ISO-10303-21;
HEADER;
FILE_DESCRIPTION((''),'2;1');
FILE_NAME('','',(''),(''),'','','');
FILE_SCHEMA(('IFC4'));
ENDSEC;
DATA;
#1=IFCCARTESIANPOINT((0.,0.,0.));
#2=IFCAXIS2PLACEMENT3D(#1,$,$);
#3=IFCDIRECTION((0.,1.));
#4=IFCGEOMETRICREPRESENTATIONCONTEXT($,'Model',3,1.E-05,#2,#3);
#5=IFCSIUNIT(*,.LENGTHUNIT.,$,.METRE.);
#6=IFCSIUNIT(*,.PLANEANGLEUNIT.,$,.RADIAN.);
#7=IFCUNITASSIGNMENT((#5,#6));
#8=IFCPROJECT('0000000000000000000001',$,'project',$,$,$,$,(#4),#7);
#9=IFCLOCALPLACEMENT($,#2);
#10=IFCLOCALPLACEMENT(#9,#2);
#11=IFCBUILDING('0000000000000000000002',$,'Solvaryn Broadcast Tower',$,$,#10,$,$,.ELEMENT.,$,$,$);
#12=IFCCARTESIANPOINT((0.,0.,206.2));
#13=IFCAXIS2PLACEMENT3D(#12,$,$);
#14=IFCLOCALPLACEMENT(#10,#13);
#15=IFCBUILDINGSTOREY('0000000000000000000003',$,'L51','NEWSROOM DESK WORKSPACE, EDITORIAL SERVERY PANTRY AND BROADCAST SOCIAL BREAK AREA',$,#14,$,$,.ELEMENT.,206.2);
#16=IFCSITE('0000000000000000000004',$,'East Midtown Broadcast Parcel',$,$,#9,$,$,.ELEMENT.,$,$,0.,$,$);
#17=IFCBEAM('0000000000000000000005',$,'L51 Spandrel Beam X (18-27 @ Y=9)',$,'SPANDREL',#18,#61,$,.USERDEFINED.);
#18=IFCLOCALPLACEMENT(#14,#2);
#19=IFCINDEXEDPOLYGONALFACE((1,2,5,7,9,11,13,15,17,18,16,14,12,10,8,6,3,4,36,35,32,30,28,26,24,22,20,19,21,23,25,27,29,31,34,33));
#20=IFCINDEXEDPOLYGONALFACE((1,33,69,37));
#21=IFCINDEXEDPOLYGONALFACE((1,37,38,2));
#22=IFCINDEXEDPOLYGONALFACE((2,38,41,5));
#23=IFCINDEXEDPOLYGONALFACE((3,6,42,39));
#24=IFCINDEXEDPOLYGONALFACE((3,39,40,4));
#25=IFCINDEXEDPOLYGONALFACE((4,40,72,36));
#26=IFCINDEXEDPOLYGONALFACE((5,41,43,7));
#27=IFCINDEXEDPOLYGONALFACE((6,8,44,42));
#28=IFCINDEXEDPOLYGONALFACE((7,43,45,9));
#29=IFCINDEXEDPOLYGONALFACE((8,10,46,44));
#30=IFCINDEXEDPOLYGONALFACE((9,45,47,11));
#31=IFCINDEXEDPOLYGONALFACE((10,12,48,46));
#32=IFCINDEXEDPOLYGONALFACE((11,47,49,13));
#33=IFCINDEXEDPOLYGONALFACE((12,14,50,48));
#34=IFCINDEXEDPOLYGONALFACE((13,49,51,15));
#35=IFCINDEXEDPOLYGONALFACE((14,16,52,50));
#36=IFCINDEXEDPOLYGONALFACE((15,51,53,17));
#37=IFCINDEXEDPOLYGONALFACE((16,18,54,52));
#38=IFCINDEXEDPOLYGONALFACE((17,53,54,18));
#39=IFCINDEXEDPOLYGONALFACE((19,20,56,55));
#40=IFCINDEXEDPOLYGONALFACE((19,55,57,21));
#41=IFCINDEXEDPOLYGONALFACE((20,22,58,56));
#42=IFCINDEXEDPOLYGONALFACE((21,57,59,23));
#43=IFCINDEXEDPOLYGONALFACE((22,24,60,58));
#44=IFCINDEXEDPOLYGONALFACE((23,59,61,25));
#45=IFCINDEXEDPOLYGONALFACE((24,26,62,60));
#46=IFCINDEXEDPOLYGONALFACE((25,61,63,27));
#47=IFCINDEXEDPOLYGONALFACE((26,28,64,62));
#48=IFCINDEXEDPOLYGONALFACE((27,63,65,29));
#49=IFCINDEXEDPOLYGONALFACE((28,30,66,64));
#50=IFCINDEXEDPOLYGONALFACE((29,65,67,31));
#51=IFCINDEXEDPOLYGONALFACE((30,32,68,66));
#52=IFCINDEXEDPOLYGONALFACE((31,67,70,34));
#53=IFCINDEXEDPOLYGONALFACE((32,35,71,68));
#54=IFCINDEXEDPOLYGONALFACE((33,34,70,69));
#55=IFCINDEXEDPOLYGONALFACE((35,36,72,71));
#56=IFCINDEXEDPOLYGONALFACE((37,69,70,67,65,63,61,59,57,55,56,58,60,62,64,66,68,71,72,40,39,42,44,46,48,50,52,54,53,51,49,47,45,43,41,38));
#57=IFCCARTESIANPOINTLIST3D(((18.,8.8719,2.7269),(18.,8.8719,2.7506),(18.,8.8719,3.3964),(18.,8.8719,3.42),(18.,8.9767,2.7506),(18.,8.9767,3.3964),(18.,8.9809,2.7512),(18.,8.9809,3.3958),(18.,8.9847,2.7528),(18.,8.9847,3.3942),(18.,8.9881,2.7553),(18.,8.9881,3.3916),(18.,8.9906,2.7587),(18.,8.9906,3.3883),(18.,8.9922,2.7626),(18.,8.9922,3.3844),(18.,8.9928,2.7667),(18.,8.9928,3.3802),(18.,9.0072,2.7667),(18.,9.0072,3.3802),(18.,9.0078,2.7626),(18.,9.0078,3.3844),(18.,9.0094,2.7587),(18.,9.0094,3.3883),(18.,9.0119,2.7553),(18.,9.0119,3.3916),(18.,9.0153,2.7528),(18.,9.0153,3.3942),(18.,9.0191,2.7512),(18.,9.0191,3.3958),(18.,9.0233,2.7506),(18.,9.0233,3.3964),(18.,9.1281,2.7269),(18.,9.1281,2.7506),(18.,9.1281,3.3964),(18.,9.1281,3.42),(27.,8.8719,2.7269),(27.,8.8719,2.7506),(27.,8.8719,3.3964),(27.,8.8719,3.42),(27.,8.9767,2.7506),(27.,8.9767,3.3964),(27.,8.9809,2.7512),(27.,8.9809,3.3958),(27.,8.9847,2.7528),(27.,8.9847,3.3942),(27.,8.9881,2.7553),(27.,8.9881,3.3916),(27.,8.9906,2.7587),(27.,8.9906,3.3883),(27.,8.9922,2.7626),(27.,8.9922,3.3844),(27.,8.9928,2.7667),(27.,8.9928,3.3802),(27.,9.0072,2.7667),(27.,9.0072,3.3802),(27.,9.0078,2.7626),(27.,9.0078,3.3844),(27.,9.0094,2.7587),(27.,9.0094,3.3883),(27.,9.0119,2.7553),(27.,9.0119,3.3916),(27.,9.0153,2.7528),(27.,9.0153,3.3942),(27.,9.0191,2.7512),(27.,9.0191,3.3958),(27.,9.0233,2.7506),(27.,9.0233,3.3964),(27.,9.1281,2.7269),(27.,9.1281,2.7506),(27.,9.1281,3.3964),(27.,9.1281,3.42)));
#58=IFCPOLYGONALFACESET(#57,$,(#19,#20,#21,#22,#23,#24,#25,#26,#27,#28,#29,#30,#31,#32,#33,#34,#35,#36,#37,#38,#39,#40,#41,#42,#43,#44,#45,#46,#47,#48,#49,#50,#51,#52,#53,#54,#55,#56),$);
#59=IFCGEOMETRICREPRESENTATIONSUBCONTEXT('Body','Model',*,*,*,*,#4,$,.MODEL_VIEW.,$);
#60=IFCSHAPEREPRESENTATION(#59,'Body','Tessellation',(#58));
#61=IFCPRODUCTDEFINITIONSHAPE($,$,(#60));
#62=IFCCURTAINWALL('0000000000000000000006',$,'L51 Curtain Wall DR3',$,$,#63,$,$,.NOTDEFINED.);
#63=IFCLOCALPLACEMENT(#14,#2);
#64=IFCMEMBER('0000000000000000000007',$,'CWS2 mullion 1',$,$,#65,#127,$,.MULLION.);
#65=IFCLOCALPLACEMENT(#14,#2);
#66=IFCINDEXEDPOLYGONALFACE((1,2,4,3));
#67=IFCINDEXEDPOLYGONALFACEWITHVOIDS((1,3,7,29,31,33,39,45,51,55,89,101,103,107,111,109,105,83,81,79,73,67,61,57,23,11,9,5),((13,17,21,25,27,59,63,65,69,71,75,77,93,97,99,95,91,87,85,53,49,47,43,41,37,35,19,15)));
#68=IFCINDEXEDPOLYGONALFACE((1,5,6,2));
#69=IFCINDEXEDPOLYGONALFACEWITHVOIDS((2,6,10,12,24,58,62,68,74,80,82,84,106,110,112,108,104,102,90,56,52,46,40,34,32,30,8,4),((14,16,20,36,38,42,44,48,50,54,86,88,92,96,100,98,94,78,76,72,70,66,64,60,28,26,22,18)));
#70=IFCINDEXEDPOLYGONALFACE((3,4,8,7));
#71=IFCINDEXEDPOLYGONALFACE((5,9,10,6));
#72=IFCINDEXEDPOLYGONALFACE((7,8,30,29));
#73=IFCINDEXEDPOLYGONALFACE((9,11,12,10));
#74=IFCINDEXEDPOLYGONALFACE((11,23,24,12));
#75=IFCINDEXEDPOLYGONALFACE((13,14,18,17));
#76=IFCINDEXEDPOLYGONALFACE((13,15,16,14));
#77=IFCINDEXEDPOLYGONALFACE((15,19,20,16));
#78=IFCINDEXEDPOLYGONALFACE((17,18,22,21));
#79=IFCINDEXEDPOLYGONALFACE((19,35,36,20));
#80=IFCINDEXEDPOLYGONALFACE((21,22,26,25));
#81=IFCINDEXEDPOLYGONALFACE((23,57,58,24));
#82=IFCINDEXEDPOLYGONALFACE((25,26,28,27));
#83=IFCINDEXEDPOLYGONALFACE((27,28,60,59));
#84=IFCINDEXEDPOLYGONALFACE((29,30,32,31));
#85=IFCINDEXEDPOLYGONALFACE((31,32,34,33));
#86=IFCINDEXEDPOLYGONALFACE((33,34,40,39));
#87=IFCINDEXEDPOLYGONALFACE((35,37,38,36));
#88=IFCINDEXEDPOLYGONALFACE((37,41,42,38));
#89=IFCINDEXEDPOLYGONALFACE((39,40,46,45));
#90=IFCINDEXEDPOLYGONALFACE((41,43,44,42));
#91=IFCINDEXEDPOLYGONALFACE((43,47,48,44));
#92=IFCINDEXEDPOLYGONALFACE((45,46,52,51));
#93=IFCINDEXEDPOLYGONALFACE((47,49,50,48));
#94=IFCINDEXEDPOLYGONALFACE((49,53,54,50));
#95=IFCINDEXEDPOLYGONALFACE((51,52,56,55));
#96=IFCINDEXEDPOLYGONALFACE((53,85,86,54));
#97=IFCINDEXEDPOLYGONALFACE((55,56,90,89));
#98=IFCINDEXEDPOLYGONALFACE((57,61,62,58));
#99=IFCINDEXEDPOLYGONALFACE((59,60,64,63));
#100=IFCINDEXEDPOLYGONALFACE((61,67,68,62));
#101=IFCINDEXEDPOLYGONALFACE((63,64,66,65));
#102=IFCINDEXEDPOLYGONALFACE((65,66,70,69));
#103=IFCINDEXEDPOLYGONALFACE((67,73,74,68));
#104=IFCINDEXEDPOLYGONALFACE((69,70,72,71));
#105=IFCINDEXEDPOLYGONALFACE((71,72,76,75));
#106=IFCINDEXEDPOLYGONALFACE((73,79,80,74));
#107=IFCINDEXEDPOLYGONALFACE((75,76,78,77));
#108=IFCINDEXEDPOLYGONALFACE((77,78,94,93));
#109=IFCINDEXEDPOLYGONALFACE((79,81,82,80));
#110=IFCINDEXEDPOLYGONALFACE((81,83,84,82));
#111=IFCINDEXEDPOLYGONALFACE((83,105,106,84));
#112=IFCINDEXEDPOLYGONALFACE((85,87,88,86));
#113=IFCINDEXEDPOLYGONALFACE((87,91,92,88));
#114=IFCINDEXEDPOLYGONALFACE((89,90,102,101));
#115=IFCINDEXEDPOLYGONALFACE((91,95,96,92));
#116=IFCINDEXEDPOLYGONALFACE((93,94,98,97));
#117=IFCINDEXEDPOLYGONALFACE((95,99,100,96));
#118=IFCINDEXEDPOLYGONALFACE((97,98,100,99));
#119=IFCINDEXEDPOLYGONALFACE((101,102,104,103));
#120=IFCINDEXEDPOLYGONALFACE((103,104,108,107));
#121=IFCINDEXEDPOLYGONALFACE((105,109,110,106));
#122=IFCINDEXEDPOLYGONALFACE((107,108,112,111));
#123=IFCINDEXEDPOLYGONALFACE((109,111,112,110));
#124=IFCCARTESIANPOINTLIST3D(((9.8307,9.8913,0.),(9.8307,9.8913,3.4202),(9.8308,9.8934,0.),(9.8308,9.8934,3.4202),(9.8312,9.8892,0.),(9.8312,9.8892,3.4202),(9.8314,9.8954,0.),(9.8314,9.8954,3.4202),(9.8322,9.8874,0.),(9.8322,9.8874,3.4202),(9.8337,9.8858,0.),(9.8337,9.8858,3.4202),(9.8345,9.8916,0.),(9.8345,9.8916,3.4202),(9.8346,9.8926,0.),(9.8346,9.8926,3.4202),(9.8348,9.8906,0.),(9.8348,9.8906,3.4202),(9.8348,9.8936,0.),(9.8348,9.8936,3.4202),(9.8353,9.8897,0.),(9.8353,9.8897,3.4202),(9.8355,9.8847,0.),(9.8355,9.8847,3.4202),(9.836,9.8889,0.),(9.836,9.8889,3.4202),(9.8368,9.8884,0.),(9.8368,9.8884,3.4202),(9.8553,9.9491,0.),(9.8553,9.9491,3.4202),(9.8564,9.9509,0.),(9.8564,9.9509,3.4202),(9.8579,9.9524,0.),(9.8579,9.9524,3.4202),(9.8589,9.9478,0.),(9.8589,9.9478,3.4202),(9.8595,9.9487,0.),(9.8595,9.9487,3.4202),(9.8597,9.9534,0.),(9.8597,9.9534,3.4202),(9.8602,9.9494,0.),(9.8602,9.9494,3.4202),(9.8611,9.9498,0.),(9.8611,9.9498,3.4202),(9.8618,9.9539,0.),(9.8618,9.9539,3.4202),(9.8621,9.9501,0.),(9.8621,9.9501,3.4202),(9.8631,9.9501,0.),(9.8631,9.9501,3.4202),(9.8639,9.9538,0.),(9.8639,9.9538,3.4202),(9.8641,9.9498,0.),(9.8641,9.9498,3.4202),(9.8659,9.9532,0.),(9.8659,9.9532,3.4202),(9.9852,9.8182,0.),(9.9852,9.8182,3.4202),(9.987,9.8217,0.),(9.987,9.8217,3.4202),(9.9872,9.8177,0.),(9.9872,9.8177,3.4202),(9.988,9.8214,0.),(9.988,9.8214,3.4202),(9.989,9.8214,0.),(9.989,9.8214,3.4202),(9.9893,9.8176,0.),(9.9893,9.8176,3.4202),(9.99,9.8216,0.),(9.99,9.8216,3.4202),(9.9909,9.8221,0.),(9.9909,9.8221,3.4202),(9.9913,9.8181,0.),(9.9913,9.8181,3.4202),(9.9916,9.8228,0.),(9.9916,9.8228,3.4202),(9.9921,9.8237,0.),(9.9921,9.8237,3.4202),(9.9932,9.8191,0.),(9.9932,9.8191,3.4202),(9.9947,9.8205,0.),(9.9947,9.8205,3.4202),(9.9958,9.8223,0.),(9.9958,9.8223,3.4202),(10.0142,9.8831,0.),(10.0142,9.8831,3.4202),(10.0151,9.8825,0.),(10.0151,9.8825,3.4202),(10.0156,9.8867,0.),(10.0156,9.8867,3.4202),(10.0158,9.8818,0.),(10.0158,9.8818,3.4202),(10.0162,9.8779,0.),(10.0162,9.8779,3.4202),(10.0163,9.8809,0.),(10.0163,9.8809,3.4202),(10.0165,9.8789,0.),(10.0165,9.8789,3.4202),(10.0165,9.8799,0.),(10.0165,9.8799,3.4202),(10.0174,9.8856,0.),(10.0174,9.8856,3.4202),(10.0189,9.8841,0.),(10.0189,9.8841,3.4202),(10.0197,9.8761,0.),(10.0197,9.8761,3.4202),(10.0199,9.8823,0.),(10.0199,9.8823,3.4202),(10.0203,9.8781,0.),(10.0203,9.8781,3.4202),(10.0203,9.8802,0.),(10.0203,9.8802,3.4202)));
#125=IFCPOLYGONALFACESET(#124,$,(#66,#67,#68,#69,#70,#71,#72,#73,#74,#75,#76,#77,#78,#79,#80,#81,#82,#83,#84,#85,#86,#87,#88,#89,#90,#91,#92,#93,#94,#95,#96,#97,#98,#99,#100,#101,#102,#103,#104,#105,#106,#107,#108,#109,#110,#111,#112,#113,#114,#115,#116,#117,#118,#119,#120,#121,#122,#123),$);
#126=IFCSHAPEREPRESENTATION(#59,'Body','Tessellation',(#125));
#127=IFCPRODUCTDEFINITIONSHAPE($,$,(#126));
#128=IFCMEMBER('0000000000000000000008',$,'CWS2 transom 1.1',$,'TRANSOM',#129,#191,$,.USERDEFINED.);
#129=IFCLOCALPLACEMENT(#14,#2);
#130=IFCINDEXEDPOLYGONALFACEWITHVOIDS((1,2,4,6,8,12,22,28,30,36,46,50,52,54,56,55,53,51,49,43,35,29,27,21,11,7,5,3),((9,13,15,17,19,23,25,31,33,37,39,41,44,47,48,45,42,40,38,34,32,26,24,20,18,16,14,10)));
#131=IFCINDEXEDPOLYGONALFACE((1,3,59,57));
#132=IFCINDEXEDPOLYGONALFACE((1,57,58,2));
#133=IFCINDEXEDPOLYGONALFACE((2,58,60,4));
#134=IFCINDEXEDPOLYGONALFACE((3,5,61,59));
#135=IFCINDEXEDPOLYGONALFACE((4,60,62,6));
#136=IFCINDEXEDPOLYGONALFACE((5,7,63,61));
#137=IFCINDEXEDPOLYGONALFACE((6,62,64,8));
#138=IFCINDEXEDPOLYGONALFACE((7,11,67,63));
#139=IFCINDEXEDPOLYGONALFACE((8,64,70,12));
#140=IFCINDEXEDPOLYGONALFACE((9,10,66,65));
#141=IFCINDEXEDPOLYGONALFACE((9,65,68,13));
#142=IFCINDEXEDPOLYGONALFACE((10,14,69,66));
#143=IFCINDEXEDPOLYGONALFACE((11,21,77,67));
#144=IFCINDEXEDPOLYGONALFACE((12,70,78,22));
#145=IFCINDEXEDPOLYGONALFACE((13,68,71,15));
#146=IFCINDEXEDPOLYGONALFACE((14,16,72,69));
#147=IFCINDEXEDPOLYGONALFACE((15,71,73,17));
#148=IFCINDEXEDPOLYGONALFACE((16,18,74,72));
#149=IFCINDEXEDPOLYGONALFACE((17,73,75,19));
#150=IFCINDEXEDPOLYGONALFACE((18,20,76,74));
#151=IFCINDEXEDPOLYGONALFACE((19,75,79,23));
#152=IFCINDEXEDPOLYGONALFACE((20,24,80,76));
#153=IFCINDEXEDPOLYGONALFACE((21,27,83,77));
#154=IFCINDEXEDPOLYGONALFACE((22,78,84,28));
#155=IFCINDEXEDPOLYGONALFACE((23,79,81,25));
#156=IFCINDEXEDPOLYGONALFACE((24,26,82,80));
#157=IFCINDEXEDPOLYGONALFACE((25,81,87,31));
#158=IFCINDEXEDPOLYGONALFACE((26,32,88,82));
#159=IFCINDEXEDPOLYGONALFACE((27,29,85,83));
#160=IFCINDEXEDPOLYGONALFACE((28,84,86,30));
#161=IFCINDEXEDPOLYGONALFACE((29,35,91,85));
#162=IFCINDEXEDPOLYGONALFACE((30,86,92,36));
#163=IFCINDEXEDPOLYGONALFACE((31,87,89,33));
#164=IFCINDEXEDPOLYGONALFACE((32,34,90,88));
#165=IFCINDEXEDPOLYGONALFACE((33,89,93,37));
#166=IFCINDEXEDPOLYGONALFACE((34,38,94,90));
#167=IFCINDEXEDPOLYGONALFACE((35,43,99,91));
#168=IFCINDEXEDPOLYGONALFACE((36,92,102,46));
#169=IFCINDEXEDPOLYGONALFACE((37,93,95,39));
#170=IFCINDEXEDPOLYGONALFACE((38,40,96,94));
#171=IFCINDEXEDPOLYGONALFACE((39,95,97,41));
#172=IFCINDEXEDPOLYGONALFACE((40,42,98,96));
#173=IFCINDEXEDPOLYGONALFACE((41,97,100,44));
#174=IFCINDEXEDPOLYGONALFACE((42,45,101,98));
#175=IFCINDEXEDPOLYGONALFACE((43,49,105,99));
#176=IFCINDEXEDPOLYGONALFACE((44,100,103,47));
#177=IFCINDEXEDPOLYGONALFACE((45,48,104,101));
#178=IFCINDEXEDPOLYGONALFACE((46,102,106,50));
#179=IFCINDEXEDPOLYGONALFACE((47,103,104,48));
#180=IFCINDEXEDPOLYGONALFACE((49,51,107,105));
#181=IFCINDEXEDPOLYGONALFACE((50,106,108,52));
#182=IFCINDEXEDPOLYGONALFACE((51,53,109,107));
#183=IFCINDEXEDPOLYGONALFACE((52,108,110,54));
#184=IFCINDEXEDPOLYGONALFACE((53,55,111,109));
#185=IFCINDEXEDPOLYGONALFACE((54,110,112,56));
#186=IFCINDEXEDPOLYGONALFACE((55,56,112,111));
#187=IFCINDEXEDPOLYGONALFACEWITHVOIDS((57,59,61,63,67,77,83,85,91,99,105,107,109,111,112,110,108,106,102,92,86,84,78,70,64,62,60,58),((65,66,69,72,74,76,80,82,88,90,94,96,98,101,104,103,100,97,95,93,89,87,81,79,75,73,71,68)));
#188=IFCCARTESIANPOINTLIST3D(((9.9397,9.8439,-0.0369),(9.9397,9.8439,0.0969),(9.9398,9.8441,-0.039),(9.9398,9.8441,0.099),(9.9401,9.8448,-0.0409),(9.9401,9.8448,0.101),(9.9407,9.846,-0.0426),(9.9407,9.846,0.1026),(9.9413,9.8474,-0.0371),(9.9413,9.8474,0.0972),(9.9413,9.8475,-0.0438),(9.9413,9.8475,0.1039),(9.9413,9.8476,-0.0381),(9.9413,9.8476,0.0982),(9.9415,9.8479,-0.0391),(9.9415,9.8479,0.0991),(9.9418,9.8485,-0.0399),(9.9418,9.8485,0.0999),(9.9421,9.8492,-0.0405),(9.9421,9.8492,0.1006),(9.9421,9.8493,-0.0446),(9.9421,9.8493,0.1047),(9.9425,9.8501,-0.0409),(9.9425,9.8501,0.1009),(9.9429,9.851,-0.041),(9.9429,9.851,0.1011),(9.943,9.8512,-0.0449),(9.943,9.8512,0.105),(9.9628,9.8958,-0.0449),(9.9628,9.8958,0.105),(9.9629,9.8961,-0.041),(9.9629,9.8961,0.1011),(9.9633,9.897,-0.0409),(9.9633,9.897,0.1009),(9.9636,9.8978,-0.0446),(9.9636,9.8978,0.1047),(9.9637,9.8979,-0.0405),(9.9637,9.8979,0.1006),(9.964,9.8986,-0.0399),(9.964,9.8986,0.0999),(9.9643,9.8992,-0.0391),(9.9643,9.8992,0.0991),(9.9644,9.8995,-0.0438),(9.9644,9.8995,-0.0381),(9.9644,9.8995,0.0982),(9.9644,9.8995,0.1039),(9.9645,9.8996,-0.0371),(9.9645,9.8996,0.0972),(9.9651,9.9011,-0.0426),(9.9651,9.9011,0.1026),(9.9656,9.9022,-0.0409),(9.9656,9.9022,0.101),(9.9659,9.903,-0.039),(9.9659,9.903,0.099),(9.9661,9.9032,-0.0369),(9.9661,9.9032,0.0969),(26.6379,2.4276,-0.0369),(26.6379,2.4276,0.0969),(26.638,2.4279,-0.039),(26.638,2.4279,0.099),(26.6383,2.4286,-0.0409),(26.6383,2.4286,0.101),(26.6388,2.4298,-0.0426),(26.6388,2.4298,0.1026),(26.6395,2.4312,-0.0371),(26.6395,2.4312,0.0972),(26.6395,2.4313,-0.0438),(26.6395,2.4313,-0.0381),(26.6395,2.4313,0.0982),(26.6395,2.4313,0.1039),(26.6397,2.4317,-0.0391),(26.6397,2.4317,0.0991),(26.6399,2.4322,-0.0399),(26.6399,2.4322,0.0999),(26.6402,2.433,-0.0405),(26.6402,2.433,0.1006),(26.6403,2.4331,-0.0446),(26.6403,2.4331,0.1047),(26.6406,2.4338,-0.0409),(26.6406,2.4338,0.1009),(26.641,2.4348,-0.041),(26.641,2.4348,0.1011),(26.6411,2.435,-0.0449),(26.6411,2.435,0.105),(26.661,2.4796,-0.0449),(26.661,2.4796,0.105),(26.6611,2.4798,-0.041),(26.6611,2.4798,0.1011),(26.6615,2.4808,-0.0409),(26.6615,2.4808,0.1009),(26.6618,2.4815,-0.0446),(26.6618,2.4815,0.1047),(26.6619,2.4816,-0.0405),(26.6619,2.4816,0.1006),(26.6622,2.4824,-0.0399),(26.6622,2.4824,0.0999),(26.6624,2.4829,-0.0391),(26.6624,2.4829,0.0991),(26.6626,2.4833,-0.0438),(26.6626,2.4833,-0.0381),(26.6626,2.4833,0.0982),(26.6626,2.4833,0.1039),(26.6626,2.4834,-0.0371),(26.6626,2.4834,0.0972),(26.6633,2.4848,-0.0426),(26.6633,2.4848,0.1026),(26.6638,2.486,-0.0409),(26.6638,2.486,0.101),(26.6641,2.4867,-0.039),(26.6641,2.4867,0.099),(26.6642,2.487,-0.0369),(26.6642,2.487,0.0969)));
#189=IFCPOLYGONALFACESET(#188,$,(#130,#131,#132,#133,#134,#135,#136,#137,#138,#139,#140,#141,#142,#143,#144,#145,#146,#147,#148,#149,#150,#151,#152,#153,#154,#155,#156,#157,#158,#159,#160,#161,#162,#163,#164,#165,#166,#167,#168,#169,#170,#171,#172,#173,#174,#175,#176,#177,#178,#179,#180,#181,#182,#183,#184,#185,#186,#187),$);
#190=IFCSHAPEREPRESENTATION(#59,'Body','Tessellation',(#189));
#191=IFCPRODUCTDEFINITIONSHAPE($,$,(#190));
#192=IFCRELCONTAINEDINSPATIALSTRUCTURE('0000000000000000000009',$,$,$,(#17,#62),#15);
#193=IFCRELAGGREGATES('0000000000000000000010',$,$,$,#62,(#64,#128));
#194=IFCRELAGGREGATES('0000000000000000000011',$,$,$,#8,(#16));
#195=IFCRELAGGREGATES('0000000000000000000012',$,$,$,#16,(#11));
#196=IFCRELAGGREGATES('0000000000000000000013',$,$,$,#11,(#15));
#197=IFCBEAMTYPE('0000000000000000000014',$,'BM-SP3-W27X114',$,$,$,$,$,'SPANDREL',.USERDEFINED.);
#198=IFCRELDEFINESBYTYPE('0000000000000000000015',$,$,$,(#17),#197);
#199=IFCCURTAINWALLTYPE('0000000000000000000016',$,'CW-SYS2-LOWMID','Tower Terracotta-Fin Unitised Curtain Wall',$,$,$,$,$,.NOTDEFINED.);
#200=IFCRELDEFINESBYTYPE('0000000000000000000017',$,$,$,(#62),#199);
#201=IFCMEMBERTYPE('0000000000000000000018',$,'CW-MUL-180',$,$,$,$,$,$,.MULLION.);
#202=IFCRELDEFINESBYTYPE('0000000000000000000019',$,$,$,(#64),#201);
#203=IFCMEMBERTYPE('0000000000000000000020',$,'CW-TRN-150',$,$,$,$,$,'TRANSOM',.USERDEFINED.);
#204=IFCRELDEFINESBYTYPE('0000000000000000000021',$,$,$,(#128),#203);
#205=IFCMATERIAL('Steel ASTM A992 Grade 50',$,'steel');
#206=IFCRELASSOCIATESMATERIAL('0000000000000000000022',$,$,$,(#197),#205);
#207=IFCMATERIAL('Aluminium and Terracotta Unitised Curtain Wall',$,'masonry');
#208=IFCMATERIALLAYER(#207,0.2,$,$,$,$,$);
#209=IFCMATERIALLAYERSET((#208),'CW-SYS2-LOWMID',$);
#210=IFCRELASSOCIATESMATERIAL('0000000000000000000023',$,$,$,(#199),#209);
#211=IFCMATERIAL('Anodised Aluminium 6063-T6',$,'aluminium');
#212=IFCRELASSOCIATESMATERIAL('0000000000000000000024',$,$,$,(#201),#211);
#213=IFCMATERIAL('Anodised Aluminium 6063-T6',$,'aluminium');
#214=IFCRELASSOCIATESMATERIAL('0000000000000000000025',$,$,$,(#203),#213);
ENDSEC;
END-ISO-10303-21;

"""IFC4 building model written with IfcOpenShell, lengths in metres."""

from ifc_helpers import new_model, si_unit, direction, frame, origin, origin_2d, place, context, subcontext, project, spatial, hollow_rectangle, i_section, extrude, material, layer, layer_set, material_profile, profile_set, type_object, element, aggregate, save


model = new_model("IFC4")

# Units and contexts
model_context = context("Model", 3, precision=1e-05, world=origin(), true_north=direction((0.0, 1.0)))
body_context = subcontext(model_context, "Body", "Model", "MODEL_VIEW")
ifc_project = project(units=[si_unit("LENGTHUNIT", "METRE"), si_unit("PLANEANGLEUNIT", "RADIAN")], contexts=[model_context])

# Site, building, storey
site_placement = place(None, origin())
site = spatial("IfcSite", under=ifc_project, at=site_placement, Name="East Midtown Broadcast Parcel", CompositionType="ELEMENT", RefElevation=0.0)
building_placement = place(site_placement, origin())
building = spatial("IfcBuilding", under=site, at=building_placement, Name="Solvaryn Broadcast Tower", CompositionType="ELEMENT")
storey_placement = place(building_placement, frame((0.0, 0.0, 206.2)))
storey = spatial("IfcBuildingStorey", under=building, at=storey_placement, Name="L51", Description="NEWSROOM DESK WORKSPACE, EDITORIAL SERVERY PANTRY AND BROADCAST SOCIAL BREAK AREA", CompositionType="ELEMENT", Elevation=206.2)

# Beam
ifc_material_1 = material(Name="Steel ASTM A992 Grade 50", Category="steel")
ifc_material_profile_1 = material_profile(ifc_material_1, i_section(OverallWidth=0.2561, OverallDepth=0.6931, WebThickness=0.0144, FlangeThickness=0.0237, FilletRadius=0.0161, at=origin_2d()))
ifc_profile_set_1 = profile_set([ifc_material_profile_1], Name="Steel ASTM A992 Grade 50")
beam_type_1 = type_object("IfcBeamType", Name="BM-SP3-W27X114", ElementType="SPANDREL", PredefinedType="USERDEFINED", material=ifc_profile_set_1)
beam_1_placement = place(storey_placement, frame((18.0, 9.0, 3.0735), z_axis=(1.0, 0.0, 0.0), x_axis=(0.0, 1.0, 0.0)))
element("IfcBeam", 1, at=beam_1_placement, inside=storey, type_object=beam_type_1, Name="L51 Spandrel Beam X (18-27 @ Y=9)", ObjectType="SPANDREL", PredefinedType="USERDEFINED", context=body_context, shape_type="SweptSolid", body=[
    extrude(i_section(OverallWidth=0.2561, OverallDepth=0.6931, WebThickness=0.0144, FlangeThickness=0.0237, FilletRadius=0.0161, at=origin_2d()), origin(), (0.0, 0.0, 1.0), 9.0),
])

# Curtain wall, members
ifc_material_2 = material(Name="Aluminium and Terracotta Unitised Curtain Wall", Category="masonry")
ifc_layer_1 = layer(ifc_material_2, 0.2)
ifc_layer_set_1 = layer_set([ifc_layer_1], Name="CW-SYS2-LOWMID")
curtain_wall_type = type_object("IfcCurtainWallType", Name="CW-SYS2-LOWMID", Description="Tower Terracotta-Fin Unitised Curtain Wall", PredefinedType="NOTDEFINED", material=ifc_layer_set_1)
curtain_wall_placement = place(storey_placement, origin())
curtain_wall = element("IfcCurtainWall", 2, at=curtain_wall_placement, inside=storey, type_object=curtain_wall_type, Name="L51 Curtain Wall DR3", PredefinedType="NOTDEFINED")
ifc_material_3 = material(Name="Anodised Aluminium 6063-T6", Category="aluminium")
ifc_material_profile_2 = material_profile(ifc_material_3, hollow_rectangle(XDim=0.075, YDim=0.1799, WallThickness=0.0039, InnerFilletRadius=0.0039, OuterFilletRadius=0.0081, at=origin_2d()))
ifc_profile_set_2 = profile_set([ifc_material_profile_2], Name="Anodised Aluminium 6063-T6")
member_type_1 = type_object("IfcMemberType", Name="CW-MUL-180", PredefinedType="MULLION", material=ifc_profile_set_2)
member_1_placement = place(storey_placement, frame((9.9255, 9.8857, 0.0), z_axis=(0.0, 0.0, 1.0), x_axis=(0.405901, 0.913917, 0.0)))
member_1 = element("IfcMember", 3, at=member_1_placement, type_object=member_type_1, Name="CWS2 mullion 1", PredefinedType="MULLION", context=body_context, shape_type="SweptSolid", body=[
    extrude(hollow_rectangle(XDim=0.075, YDim=0.1799, WallThickness=0.0039, InnerFilletRadius=0.0039, OuterFilletRadius=0.0081, at=origin_2d()), origin(), (0.0, 0.0, 1.0), 3.4202),
])
ifc_material_4 = material(Name="Anodised Aluminium 6063-T6", Category="aluminium")
ifc_material_profile_3 = material_profile(ifc_material_4, hollow_rectangle(XDim=0.0649, YDim=0.1499, WallThickness=0.0039, InnerFilletRadius=0.0039, OuterFilletRadius=0.0081, at=origin_2d()))
ifc_profile_set_3 = profile_set([ifc_material_profile_3], Name="Anodised Aluminium 6063-T6")
member_type_2 = type_object("IfcMemberType", Name="CW-TRN-150", ElementType="TRANSOM", PredefinedType="USERDEFINED", material=ifc_profile_set_3)
member_2_placement = place(storey_placement, frame((9.9529, 9.8735, 0.03), z_axis=(0.913917, -0.405902, 0.0), x_axis=(0.405902, 0.913917, 0.0)))
member_2 = element("IfcMember", 4, at=member_2_placement, type_object=member_type_2, Name="CWS2 transom 1.1", ObjectType="TRANSOM", PredefinedType="USERDEFINED", context=body_context, shape_type="SweptSolid", body=[
    extrude(hollow_rectangle(XDim=0.0649, YDim=0.1499, WallThickness=0.0039, InnerFilletRadius=0.0039, OuterFilletRadius=0.0081, at=origin_2d()), origin(), (0.0, 0.0, 1.0), 18.271),
])
aggregate(curtain_wall, [member_1, member_2])

save(model, "model.ifc")
